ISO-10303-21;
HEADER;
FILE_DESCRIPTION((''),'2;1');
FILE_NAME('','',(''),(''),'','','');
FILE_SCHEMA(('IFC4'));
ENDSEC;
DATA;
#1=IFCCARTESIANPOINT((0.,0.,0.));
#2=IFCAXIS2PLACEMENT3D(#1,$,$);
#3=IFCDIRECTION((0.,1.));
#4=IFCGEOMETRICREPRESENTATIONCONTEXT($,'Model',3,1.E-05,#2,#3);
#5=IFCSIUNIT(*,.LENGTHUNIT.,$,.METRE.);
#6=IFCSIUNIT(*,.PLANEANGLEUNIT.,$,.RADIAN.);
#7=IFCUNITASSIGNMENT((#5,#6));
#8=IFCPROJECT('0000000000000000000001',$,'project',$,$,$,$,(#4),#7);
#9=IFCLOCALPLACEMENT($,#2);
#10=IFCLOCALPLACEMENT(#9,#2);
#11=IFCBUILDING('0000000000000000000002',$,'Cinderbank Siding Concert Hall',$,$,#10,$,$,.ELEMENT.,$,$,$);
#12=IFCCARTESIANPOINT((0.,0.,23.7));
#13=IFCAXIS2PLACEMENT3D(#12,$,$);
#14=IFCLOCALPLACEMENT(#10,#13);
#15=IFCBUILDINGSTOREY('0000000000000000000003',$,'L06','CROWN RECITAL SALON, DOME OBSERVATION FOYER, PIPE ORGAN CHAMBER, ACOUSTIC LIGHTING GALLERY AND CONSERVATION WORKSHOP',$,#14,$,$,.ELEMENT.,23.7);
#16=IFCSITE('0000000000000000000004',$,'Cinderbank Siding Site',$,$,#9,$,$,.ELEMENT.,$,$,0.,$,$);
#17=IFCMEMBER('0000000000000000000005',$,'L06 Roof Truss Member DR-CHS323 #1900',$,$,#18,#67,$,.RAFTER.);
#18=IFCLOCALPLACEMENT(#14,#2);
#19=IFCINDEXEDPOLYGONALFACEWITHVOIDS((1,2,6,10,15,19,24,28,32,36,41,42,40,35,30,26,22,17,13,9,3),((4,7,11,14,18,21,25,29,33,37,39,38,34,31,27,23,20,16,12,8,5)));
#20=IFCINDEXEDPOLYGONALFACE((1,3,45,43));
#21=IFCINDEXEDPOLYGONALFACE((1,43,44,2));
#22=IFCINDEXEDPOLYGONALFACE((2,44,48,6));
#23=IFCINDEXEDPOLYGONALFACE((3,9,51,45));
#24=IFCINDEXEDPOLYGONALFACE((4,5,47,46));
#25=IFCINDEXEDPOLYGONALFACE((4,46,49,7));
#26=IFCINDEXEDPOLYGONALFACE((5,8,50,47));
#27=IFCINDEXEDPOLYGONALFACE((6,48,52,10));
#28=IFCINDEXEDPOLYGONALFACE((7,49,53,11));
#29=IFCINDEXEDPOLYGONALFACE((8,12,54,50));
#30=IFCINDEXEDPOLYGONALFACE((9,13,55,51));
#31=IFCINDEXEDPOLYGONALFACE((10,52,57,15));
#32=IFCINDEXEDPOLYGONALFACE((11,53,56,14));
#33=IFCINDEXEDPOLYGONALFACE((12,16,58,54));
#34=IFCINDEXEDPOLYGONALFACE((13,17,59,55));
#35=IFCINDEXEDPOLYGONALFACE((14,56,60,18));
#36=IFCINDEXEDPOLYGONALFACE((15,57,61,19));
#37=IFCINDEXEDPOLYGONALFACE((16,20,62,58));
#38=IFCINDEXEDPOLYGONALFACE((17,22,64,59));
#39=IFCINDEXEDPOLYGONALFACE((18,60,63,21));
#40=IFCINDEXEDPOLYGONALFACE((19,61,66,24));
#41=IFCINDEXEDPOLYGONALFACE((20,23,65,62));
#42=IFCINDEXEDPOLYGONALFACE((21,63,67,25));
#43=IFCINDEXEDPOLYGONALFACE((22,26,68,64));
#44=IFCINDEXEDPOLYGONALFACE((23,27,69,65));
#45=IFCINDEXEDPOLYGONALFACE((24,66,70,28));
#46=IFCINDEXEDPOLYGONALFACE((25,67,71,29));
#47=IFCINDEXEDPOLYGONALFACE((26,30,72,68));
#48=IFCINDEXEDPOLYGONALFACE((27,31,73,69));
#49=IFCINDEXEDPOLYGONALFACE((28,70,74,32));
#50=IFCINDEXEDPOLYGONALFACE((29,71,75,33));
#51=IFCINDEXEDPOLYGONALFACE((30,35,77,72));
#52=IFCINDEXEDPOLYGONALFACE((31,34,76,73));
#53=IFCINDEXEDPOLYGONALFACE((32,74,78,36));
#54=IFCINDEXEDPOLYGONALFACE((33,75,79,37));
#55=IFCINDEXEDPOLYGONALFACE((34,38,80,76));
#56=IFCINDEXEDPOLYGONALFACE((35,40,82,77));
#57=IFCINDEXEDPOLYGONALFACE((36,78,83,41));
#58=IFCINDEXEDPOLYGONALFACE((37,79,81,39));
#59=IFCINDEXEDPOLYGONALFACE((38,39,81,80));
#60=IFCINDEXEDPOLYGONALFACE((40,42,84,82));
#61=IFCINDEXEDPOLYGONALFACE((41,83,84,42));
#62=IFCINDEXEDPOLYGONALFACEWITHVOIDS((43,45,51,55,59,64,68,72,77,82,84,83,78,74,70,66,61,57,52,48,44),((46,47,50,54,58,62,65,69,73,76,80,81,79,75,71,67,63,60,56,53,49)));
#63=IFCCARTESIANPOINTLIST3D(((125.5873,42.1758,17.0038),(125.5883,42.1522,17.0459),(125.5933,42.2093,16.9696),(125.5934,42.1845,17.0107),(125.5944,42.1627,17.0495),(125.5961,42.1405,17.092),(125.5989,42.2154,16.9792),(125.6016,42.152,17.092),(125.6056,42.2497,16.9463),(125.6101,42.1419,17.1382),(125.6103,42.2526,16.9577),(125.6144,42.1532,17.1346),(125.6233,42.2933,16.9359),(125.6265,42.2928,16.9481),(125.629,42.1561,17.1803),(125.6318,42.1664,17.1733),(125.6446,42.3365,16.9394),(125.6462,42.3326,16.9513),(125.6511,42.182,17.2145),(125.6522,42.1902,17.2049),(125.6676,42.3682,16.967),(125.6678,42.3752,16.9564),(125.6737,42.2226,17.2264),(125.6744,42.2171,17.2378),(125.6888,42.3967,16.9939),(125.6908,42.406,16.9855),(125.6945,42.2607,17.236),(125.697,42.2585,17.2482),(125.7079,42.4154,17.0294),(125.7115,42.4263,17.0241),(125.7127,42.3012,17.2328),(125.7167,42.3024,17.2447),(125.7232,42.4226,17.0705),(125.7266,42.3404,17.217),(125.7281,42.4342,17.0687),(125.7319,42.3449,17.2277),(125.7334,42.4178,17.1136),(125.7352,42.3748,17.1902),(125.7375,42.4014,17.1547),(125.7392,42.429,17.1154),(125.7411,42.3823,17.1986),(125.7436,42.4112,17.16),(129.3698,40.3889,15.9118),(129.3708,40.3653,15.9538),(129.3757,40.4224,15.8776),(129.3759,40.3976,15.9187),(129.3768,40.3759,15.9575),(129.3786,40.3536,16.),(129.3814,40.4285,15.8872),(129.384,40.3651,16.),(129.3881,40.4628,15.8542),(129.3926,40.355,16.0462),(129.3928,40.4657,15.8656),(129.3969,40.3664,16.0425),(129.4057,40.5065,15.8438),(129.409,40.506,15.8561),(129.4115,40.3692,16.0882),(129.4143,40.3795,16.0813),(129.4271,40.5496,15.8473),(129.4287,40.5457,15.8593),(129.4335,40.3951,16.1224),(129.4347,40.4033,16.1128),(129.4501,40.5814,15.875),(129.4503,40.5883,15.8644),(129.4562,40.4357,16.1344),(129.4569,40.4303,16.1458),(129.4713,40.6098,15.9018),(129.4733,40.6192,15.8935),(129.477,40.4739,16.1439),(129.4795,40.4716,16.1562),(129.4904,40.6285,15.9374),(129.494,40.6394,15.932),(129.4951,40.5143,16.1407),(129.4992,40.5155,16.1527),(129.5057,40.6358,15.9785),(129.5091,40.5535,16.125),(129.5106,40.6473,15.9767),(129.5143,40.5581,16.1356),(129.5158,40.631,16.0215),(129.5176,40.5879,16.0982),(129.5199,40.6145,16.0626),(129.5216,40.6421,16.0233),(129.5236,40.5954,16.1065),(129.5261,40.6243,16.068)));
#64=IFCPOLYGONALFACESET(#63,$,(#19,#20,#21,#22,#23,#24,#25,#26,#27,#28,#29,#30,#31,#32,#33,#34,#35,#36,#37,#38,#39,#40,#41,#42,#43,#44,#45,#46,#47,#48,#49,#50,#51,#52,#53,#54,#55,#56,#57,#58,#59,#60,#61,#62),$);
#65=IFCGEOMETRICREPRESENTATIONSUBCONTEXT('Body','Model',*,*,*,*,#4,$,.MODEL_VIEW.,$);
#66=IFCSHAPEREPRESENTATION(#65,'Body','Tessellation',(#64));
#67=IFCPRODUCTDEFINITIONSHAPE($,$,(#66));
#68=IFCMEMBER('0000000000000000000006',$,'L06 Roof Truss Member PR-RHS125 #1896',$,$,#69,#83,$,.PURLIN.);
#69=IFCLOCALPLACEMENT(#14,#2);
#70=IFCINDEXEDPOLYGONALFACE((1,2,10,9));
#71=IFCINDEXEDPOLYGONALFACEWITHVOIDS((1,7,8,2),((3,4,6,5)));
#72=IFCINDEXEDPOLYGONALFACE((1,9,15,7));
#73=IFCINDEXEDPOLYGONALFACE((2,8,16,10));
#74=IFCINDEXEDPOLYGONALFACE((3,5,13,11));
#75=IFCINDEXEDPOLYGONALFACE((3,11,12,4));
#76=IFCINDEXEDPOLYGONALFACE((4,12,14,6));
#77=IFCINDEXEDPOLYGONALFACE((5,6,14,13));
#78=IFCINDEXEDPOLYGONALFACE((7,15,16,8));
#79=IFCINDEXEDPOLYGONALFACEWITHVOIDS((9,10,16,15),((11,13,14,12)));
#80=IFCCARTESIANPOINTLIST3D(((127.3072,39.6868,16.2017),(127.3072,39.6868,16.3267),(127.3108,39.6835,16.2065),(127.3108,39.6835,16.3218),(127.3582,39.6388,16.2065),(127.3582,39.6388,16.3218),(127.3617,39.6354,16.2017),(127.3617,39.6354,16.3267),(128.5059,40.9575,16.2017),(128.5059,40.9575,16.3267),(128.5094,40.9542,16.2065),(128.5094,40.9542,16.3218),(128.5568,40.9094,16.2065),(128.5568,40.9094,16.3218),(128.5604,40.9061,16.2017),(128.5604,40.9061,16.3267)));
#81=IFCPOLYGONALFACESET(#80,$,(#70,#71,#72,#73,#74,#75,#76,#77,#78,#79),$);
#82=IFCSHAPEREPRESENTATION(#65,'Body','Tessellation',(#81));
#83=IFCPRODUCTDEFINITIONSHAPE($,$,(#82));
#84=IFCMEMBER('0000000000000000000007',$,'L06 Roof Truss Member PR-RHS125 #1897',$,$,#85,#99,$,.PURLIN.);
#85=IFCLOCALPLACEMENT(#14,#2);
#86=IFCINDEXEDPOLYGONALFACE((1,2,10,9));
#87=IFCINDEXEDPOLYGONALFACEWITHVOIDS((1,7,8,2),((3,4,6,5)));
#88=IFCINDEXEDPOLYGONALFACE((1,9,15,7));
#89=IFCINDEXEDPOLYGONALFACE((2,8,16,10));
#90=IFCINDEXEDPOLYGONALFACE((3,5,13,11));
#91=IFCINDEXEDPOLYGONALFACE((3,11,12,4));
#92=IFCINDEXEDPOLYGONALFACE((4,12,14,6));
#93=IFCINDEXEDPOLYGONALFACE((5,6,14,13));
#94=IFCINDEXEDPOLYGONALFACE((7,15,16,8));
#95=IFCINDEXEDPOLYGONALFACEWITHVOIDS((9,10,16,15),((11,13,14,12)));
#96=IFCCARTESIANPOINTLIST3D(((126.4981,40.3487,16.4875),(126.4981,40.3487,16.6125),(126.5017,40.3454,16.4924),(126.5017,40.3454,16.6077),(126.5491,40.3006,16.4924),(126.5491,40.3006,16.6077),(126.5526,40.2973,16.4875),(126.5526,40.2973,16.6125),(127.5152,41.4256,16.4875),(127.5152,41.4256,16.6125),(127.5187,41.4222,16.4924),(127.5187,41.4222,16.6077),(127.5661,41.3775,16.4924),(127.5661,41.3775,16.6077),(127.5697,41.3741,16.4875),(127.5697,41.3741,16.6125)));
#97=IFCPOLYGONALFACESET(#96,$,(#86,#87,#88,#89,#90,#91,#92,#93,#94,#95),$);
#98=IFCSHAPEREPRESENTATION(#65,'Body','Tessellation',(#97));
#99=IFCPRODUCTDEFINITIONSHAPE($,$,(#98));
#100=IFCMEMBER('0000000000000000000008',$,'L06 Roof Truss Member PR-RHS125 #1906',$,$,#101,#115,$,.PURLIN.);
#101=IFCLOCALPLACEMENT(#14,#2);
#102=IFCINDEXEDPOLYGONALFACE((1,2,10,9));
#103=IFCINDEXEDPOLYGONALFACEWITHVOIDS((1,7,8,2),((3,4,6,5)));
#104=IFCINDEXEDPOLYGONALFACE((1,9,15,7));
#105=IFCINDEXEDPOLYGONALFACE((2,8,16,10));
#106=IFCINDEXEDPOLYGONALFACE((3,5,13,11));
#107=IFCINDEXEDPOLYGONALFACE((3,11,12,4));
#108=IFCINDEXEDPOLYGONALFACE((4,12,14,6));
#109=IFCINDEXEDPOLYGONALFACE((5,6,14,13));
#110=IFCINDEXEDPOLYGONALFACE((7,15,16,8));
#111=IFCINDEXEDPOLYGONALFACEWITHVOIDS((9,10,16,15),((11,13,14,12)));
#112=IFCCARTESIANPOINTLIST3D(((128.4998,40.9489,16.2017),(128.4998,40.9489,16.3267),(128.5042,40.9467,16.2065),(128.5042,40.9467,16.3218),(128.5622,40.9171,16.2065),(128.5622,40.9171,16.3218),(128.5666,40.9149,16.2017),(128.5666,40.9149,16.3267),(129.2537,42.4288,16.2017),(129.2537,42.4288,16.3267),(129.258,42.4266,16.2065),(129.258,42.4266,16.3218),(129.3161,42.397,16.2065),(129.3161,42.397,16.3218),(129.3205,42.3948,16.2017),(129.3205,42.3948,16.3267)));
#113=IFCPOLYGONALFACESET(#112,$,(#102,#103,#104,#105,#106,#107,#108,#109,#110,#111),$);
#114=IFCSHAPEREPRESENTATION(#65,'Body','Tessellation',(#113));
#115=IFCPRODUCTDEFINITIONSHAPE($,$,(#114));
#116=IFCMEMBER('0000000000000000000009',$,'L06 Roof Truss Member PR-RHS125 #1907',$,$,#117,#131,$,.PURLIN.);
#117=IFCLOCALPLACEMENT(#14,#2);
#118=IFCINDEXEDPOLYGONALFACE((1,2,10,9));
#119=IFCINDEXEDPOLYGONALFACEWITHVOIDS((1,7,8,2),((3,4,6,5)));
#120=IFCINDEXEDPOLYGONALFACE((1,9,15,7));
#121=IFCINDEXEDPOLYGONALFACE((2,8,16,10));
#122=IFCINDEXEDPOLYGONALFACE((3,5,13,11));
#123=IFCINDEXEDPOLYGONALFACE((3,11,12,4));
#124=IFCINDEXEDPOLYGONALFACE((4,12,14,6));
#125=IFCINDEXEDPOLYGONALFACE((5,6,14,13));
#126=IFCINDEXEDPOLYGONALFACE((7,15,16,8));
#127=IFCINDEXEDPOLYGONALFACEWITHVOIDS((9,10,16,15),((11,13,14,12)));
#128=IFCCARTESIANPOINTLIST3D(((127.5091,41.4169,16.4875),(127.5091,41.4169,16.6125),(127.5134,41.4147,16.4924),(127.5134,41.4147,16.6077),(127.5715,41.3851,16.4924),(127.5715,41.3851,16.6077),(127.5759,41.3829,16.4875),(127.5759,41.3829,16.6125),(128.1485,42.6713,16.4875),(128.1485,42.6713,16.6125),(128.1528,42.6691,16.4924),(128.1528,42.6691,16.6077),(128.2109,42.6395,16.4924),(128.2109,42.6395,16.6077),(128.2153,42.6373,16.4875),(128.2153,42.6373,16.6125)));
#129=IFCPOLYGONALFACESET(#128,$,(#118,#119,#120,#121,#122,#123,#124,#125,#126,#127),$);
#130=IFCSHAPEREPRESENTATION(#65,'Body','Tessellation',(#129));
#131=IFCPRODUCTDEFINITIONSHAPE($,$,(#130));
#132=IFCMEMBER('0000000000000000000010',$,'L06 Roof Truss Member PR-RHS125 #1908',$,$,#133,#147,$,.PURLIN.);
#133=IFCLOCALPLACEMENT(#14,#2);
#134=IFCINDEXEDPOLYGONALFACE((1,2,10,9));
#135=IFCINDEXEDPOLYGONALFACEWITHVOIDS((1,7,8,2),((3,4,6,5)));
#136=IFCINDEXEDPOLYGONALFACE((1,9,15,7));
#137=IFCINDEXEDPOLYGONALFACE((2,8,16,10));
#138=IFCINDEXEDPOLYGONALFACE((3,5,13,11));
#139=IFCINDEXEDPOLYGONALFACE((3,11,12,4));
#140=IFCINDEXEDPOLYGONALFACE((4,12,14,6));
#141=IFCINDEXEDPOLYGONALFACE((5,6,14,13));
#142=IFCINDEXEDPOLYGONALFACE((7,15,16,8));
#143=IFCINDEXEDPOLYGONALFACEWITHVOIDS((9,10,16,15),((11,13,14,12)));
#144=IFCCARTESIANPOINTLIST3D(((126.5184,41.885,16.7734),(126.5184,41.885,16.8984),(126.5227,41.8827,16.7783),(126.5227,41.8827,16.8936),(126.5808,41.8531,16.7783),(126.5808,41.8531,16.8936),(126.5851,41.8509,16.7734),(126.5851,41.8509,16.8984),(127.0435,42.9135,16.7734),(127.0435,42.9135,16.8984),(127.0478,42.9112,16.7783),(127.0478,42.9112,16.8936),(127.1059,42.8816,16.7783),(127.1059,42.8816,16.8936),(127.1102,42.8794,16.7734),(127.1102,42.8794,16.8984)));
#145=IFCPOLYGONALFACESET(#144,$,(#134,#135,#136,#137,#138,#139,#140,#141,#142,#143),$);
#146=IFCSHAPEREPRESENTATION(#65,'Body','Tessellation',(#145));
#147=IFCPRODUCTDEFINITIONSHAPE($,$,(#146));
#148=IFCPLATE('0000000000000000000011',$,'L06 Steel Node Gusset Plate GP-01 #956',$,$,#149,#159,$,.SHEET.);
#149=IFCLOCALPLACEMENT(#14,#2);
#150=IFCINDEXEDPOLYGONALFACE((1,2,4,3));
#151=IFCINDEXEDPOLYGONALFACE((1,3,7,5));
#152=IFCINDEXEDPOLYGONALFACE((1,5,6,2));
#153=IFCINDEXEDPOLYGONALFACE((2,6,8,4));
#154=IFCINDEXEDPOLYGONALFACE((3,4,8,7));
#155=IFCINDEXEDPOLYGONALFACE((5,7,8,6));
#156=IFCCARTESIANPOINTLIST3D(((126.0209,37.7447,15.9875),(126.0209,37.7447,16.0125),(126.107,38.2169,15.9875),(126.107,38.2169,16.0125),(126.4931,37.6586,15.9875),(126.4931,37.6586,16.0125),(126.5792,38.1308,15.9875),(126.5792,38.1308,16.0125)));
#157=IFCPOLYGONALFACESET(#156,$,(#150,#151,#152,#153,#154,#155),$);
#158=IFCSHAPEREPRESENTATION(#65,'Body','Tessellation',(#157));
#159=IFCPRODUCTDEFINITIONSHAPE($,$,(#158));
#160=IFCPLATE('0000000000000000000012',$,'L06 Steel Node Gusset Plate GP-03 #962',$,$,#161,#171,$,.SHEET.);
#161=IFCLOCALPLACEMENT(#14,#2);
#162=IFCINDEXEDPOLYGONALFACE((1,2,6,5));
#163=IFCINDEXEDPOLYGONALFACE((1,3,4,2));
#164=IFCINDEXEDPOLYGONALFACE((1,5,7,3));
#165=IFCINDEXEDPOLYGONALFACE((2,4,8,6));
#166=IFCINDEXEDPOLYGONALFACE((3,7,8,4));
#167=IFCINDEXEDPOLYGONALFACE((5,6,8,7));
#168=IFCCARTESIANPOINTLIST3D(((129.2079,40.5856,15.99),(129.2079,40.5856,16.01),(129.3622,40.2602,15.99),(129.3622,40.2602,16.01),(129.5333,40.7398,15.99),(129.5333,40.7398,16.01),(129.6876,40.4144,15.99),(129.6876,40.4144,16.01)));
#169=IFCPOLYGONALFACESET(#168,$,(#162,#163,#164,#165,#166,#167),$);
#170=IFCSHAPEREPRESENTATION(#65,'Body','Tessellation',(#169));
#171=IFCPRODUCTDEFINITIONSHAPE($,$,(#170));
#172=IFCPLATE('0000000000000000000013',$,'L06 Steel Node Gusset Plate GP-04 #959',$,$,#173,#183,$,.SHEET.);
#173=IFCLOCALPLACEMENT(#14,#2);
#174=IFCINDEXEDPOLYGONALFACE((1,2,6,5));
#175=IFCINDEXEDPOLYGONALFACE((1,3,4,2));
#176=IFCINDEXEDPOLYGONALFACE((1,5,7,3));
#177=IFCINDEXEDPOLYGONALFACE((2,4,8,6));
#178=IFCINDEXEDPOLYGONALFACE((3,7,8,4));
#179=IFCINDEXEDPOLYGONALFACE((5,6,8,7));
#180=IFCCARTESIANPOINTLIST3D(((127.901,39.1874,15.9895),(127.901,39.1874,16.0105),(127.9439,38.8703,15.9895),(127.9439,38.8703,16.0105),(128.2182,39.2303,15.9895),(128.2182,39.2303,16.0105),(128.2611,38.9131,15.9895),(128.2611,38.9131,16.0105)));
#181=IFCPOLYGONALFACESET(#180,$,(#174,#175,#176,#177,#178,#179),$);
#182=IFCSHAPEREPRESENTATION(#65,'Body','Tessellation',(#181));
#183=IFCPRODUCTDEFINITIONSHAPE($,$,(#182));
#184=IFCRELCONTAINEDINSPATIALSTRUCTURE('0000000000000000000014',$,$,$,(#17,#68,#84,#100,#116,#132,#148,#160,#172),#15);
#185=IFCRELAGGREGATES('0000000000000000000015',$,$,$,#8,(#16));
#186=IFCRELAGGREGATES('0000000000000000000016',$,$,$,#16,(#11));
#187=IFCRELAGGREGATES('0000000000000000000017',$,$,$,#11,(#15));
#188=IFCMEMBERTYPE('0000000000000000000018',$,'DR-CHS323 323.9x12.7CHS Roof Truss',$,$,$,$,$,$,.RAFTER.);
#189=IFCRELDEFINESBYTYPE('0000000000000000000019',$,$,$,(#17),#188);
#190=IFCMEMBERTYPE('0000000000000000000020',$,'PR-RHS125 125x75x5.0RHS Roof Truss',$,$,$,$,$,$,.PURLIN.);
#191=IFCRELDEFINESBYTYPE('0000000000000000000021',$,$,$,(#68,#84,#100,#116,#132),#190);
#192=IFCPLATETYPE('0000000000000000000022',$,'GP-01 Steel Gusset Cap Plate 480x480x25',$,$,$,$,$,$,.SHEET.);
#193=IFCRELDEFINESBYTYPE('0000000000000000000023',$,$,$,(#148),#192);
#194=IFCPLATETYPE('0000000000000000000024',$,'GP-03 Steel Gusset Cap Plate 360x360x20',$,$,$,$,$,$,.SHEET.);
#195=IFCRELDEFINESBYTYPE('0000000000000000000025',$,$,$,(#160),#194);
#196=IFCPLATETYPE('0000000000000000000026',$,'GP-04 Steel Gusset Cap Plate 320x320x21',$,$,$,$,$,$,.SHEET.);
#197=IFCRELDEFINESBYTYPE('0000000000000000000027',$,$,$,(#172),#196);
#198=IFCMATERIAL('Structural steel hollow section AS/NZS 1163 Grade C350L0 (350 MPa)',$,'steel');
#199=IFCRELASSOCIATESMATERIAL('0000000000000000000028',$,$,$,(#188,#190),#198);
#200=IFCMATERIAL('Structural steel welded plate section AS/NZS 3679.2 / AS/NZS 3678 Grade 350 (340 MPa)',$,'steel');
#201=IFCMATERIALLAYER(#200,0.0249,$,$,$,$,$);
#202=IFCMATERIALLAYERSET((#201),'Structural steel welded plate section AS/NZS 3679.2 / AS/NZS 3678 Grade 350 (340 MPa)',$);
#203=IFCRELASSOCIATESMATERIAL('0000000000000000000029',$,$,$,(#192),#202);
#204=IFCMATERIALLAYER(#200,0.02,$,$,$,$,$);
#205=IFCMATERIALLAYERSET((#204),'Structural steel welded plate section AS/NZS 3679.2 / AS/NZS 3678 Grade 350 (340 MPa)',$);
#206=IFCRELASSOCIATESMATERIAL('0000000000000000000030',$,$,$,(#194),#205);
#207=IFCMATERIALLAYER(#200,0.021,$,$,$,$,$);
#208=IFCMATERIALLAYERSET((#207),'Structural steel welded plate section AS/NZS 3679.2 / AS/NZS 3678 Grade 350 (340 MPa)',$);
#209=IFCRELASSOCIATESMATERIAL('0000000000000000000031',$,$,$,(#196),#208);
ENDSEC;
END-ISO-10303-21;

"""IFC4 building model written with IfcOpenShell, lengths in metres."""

from ifc_helpers import new_model, si_unit, direction, frame, origin, origin_2d, place, context, subcontext, project, spatial, rectangle, hollow_rectangle, hollow_circle, extrude, material, layer, layer_set, material_profile, profile_set, type_object, element, save


model = new_model("IFC4")

# Units and contexts
model_context = context("Model", 3, precision=1e-05, world=origin(), true_north=direction((0.0, 1.0)))
body_context = subcontext(model_context, "Body", "Model", "MODEL_VIEW")
ifc_project = project(units=[si_unit("LENGTHUNIT", "METRE"), si_unit("PLANEANGLEUNIT", "RADIAN")], contexts=[model_context])

# Site, building, storey
site_placement = place(None, origin())
site = spatial("IfcSite", under=ifc_project, at=site_placement, Name="Cinderbank Siding Site", CompositionType="ELEMENT", RefElevation=0.0)
building_placement = place(site_placement, origin())
building = spatial("IfcBuilding", under=site, at=building_placement, Name="Cinderbank Siding Concert Hall", CompositionType="ELEMENT")
storey_placement = place(building_placement, frame((0.0, 0.0, 23.7)))
storey = spatial("IfcBuildingStorey", under=building, at=storey_placement, Name="L06", Description="CROWN RECITAL SALON, DOME OBSERVATION FOYER, PIPE ORGAN CHAMBER, ACOUSTIC LIGHTING GALLERY AND CONSERVATION WORKSHOP", CompositionType="ELEMENT", Elevation=23.7)

# Members
ifc_material_1 = material(Name="Structural steel hollow section AS/NZS 1163 Grade C350L0 (350 MPa)", Category="steel")
ifc_material_profile_1 = material_profile(ifc_material_1, hollow_circle(Radius=0.1619, WallThickness=0.0127, at=origin_2d()), Name="323.9x12.7CHS", Category="LoadBearing")
ifc_profile_set_1 = profile_set([ifc_material_profile_1], Name="Structural steel hollow section AS/NZS 1163 Grade C350L0 (350 MPa)")
member_type_1 = type_object("IfcMemberType", Name="DR-CHS323 323.9x12.7CHS Roof Truss", PredefinedType="RAFTER", material=ifc_profile_set_1)
member_1_placement = place(storey_placement, frame((129.4478, 40.5, 16.0), z_axis=(-0.874866, 0.413293, 0.252583), x_axis=(-0.427143, -0.904184, 0.0)))
element("IfcMember", 1, at=member_1_placement, inside=storey, type_object=member_type_1, Name="L06 Roof Truss Member DR-CHS323 #1900", PredefinedType="RAFTER", context=body_context, shape_type="SweptSolid", body=[
    extrude(hollow_circle(Radius=0.1619, WallThickness=0.0127, at=origin_2d()), origin(), (0.0, 0.0, 1.0), 4.3235),
])
ifc_material_profile_2 = material_profile(ifc_material_1, hollow_rectangle(XDim=0.075, YDim=0.125, WallThickness=0.0049, at=origin_2d()), Name="125x75x5.0RHS", Category="LoadBearing")
ifc_profile_set_2 = profile_set([ifc_material_profile_2], Name="Structural steel hollow section AS/NZS 1163 Grade C350L0 (350 MPa)")
member_type_2 = type_object("IfcMemberType", Name="PR-RHS125 125x75x5.0RHS Roof Truss", PredefinedType="PURLIN", material=ifc_profile_set_2)
member_2_placement = place(storey_placement, frame((127.3345, 39.6611, 16.2642), z_axis=(0.686193, 0.72742, 0.0), x_axis=(-0.72742, 0.686193, 0.0)))
element("IfcMember", 2, at=member_2_placement, inside=storey, type_object=member_type_2, Name="L06 Roof Truss Member PR-RHS125 #1896", PredefinedType="PURLIN", context=body_context, shape_type="SweptSolid", body=[
    extrude(hollow_rectangle(XDim=0.075, YDim=0.125, WallThickness=0.0049, at=origin_2d()), origin(), (0.0, 0.0, 1.0), 1.7468),
])
member_3_placement = place(storey_placement, frame((126.5254, 40.323, 16.55), z_axis=(0.686628, 0.727009, 0.0), x_axis=(-0.727009, 0.686628, 0.0)))
element("IfcMember", 3, at=member_3_placement, inside=storey, type_object=member_type_2, Name="L06 Roof Truss Member PR-RHS125 #1897", PredefinedType="PURLIN", context=body_context, shape_type="SweptSolid", body=[
    extrude(hollow_rectangle(XDim=0.075, YDim=0.125, WallThickness=0.0049, at=origin_2d()), origin(), (0.0, 0.0, 1.0), 1.4812),
])
member_4_placement = place(storey_placement, frame((128.5332, 40.9319, 16.2642), z_axis=(0.453904, 0.891051, 0.0), x_axis=(-0.891051, 0.453904, 0.0)))
element("IfcMember", 4, at=member_4_placement, inside=storey, type_object=member_type_2, Name="L06 Roof Truss Member PR-RHS125 #1906", PredefinedType="PURLIN", context=body_context, shape_type="SweptSolid", body=[
    extrude(hollow_rectangle(XDim=0.075, YDim=0.125, WallThickness=0.0049, at=origin_2d()), origin(), (0.0, 0.0, 1.0), 1.6609),
])
member_5_placement = place(storey_placement, frame((127.5425, 41.3999, 16.55), z_axis=(0.454136, 0.890932, 0.0), x_axis=(-0.890932, 0.454136, 0.0)))
element("IfcMember", 5, at=member_5_placement, inside=storey, type_object=member_type_2, Name="L06 Roof Truss Member PR-RHS125 #1907", PredefinedType="PURLIN", context=body_context, shape_type="SweptSolid", body=[
    extrude(hollow_rectangle(XDim=0.075, YDim=0.125, WallThickness=0.0049, at=origin_2d()), origin(), (0.0, 0.0, 1.0), 1.408),
])
member_6_placement = place(storey_placement, frame((126.5518, 41.8679, 16.8359), z_axis=(0.454724, 0.890633, 0.0), x_axis=(-0.890633, 0.454724, 0.0)))
element("IfcMember", 6, at=member_6_placement, inside=storey, type_object=member_type_2, Name="L06 Roof Truss Member PR-RHS125 #1908", PredefinedType="PURLIN", context=body_context, shape_type="SweptSolid", body=[
    extrude(hollow_rectangle(XDim=0.075, YDim=0.125, WallThickness=0.0049, at=origin_2d()), origin(), (0.0, 0.0, 1.0), 1.1548),
])

# Plates
ifc_material_2 = material(Name="Structural steel welded plate section AS/NZS 3679.2 / AS/NZS 3678 Grade 350 (340 MPa)", Category="steel")
ifc_layer_1 = layer(ifc_material_2, 0.0249)
ifc_layer_set_1 = layer_set([ifc_layer_1], Name="Structural steel welded plate section AS/NZS 3679.2 / AS/NZS 3678 Grade 350 (340 MPa)")
plate_type_1 = type_object("IfcPlateType", Name="GP-01 Steel Gusset Cap Plate 480x480x25", PredefinedType="SHEET", material=ifc_layer_set_1)
plate_1_placement = place(storey_placement, frame((126.3, 37.9377, 15.9875), z_axis=(0.0, 0.0, 1.0), x_axis=(0.179317, 0.983791, 0.0)))
element("IfcPlate", 7, at=plate_1_placement, inside=storey, type_object=plate_type_1, Name="L06 Steel Node Gusset Plate GP-01 #956", PredefinedType="SHEET", context=body_context, shape_type="SweptSolid", body=[
    extrude(rectangle(XDim=0.48, YDim=0.48, at=origin_2d()), origin(), (0.0, 0.0, 1.0), 0.0249),
])
ifc_layer_2 = layer(ifc_material_2, 0.02)
ifc_layer_set_2 = layer_set([ifc_layer_2], Name="Structural steel welded plate section AS/NZS 3679.2 / AS/NZS 3678 Grade 350 (340 MPa)")
plate_type_2 = type_object("IfcPlateType", Name="GP-03 Steel Gusset Cap Plate 360x360x20", PredefinedType="SHEET", material=ifc_layer_set_2)
plate_2_placement = place(storey_placement, frame((129.4478, 40.5, 15.99), z_axis=(0.0, 0.0, 1.0), x_axis=(-0.428304, 0.903635, 0.0)))
element("IfcPlate", 8, at=plate_2_placement, inside=storey, type_object=plate_type_2, Name="L06 Steel Node Gusset Plate GP-03 #962", PredefinedType="SHEET", context=body_context, shape_type="SweptSolid", body=[
    extrude(rectangle(XDim=0.3601, YDim=0.3601, at=origin_2d()), origin(), (0.0, 0.0, 1.0), 0.02),
])
ifc_layer_3 = layer(ifc_material_2, 0.021)
ifc_layer_set_3 = layer_set([ifc_layer_3], Name="Structural steel welded plate section AS/NZS 3679.2 / AS/NZS 3678 Grade 350 (340 MPa)")
plate_type_3 = type_object("IfcPlateType", Name="GP-04 Steel Gusset Cap Plate 320x320x21", PredefinedType="SHEET", material=ifc_layer_set_3)
plate_3_placement = place(storey_placement, frame((128.0811, 39.0503, 15.9895), z_axis=(0.0, 0.0, 1.0), x_axis=(-0.133986, 0.990983, 0.0)))
element("IfcPlate", 9, at=plate_3_placement, inside=storey, type_object=plate_type_3, Name="L06 Steel Node Gusset Plate GP-04 #959", PredefinedType="SHEET", context=body_context, shape_type="SweptSolid", body=[
    extrude(rectangle(XDim=0.3201, YDim=0.3201, at=origin_2d()), origin(), (0.0, 0.0, 1.0), 0.021),
])

save(model, "model.ifc")
